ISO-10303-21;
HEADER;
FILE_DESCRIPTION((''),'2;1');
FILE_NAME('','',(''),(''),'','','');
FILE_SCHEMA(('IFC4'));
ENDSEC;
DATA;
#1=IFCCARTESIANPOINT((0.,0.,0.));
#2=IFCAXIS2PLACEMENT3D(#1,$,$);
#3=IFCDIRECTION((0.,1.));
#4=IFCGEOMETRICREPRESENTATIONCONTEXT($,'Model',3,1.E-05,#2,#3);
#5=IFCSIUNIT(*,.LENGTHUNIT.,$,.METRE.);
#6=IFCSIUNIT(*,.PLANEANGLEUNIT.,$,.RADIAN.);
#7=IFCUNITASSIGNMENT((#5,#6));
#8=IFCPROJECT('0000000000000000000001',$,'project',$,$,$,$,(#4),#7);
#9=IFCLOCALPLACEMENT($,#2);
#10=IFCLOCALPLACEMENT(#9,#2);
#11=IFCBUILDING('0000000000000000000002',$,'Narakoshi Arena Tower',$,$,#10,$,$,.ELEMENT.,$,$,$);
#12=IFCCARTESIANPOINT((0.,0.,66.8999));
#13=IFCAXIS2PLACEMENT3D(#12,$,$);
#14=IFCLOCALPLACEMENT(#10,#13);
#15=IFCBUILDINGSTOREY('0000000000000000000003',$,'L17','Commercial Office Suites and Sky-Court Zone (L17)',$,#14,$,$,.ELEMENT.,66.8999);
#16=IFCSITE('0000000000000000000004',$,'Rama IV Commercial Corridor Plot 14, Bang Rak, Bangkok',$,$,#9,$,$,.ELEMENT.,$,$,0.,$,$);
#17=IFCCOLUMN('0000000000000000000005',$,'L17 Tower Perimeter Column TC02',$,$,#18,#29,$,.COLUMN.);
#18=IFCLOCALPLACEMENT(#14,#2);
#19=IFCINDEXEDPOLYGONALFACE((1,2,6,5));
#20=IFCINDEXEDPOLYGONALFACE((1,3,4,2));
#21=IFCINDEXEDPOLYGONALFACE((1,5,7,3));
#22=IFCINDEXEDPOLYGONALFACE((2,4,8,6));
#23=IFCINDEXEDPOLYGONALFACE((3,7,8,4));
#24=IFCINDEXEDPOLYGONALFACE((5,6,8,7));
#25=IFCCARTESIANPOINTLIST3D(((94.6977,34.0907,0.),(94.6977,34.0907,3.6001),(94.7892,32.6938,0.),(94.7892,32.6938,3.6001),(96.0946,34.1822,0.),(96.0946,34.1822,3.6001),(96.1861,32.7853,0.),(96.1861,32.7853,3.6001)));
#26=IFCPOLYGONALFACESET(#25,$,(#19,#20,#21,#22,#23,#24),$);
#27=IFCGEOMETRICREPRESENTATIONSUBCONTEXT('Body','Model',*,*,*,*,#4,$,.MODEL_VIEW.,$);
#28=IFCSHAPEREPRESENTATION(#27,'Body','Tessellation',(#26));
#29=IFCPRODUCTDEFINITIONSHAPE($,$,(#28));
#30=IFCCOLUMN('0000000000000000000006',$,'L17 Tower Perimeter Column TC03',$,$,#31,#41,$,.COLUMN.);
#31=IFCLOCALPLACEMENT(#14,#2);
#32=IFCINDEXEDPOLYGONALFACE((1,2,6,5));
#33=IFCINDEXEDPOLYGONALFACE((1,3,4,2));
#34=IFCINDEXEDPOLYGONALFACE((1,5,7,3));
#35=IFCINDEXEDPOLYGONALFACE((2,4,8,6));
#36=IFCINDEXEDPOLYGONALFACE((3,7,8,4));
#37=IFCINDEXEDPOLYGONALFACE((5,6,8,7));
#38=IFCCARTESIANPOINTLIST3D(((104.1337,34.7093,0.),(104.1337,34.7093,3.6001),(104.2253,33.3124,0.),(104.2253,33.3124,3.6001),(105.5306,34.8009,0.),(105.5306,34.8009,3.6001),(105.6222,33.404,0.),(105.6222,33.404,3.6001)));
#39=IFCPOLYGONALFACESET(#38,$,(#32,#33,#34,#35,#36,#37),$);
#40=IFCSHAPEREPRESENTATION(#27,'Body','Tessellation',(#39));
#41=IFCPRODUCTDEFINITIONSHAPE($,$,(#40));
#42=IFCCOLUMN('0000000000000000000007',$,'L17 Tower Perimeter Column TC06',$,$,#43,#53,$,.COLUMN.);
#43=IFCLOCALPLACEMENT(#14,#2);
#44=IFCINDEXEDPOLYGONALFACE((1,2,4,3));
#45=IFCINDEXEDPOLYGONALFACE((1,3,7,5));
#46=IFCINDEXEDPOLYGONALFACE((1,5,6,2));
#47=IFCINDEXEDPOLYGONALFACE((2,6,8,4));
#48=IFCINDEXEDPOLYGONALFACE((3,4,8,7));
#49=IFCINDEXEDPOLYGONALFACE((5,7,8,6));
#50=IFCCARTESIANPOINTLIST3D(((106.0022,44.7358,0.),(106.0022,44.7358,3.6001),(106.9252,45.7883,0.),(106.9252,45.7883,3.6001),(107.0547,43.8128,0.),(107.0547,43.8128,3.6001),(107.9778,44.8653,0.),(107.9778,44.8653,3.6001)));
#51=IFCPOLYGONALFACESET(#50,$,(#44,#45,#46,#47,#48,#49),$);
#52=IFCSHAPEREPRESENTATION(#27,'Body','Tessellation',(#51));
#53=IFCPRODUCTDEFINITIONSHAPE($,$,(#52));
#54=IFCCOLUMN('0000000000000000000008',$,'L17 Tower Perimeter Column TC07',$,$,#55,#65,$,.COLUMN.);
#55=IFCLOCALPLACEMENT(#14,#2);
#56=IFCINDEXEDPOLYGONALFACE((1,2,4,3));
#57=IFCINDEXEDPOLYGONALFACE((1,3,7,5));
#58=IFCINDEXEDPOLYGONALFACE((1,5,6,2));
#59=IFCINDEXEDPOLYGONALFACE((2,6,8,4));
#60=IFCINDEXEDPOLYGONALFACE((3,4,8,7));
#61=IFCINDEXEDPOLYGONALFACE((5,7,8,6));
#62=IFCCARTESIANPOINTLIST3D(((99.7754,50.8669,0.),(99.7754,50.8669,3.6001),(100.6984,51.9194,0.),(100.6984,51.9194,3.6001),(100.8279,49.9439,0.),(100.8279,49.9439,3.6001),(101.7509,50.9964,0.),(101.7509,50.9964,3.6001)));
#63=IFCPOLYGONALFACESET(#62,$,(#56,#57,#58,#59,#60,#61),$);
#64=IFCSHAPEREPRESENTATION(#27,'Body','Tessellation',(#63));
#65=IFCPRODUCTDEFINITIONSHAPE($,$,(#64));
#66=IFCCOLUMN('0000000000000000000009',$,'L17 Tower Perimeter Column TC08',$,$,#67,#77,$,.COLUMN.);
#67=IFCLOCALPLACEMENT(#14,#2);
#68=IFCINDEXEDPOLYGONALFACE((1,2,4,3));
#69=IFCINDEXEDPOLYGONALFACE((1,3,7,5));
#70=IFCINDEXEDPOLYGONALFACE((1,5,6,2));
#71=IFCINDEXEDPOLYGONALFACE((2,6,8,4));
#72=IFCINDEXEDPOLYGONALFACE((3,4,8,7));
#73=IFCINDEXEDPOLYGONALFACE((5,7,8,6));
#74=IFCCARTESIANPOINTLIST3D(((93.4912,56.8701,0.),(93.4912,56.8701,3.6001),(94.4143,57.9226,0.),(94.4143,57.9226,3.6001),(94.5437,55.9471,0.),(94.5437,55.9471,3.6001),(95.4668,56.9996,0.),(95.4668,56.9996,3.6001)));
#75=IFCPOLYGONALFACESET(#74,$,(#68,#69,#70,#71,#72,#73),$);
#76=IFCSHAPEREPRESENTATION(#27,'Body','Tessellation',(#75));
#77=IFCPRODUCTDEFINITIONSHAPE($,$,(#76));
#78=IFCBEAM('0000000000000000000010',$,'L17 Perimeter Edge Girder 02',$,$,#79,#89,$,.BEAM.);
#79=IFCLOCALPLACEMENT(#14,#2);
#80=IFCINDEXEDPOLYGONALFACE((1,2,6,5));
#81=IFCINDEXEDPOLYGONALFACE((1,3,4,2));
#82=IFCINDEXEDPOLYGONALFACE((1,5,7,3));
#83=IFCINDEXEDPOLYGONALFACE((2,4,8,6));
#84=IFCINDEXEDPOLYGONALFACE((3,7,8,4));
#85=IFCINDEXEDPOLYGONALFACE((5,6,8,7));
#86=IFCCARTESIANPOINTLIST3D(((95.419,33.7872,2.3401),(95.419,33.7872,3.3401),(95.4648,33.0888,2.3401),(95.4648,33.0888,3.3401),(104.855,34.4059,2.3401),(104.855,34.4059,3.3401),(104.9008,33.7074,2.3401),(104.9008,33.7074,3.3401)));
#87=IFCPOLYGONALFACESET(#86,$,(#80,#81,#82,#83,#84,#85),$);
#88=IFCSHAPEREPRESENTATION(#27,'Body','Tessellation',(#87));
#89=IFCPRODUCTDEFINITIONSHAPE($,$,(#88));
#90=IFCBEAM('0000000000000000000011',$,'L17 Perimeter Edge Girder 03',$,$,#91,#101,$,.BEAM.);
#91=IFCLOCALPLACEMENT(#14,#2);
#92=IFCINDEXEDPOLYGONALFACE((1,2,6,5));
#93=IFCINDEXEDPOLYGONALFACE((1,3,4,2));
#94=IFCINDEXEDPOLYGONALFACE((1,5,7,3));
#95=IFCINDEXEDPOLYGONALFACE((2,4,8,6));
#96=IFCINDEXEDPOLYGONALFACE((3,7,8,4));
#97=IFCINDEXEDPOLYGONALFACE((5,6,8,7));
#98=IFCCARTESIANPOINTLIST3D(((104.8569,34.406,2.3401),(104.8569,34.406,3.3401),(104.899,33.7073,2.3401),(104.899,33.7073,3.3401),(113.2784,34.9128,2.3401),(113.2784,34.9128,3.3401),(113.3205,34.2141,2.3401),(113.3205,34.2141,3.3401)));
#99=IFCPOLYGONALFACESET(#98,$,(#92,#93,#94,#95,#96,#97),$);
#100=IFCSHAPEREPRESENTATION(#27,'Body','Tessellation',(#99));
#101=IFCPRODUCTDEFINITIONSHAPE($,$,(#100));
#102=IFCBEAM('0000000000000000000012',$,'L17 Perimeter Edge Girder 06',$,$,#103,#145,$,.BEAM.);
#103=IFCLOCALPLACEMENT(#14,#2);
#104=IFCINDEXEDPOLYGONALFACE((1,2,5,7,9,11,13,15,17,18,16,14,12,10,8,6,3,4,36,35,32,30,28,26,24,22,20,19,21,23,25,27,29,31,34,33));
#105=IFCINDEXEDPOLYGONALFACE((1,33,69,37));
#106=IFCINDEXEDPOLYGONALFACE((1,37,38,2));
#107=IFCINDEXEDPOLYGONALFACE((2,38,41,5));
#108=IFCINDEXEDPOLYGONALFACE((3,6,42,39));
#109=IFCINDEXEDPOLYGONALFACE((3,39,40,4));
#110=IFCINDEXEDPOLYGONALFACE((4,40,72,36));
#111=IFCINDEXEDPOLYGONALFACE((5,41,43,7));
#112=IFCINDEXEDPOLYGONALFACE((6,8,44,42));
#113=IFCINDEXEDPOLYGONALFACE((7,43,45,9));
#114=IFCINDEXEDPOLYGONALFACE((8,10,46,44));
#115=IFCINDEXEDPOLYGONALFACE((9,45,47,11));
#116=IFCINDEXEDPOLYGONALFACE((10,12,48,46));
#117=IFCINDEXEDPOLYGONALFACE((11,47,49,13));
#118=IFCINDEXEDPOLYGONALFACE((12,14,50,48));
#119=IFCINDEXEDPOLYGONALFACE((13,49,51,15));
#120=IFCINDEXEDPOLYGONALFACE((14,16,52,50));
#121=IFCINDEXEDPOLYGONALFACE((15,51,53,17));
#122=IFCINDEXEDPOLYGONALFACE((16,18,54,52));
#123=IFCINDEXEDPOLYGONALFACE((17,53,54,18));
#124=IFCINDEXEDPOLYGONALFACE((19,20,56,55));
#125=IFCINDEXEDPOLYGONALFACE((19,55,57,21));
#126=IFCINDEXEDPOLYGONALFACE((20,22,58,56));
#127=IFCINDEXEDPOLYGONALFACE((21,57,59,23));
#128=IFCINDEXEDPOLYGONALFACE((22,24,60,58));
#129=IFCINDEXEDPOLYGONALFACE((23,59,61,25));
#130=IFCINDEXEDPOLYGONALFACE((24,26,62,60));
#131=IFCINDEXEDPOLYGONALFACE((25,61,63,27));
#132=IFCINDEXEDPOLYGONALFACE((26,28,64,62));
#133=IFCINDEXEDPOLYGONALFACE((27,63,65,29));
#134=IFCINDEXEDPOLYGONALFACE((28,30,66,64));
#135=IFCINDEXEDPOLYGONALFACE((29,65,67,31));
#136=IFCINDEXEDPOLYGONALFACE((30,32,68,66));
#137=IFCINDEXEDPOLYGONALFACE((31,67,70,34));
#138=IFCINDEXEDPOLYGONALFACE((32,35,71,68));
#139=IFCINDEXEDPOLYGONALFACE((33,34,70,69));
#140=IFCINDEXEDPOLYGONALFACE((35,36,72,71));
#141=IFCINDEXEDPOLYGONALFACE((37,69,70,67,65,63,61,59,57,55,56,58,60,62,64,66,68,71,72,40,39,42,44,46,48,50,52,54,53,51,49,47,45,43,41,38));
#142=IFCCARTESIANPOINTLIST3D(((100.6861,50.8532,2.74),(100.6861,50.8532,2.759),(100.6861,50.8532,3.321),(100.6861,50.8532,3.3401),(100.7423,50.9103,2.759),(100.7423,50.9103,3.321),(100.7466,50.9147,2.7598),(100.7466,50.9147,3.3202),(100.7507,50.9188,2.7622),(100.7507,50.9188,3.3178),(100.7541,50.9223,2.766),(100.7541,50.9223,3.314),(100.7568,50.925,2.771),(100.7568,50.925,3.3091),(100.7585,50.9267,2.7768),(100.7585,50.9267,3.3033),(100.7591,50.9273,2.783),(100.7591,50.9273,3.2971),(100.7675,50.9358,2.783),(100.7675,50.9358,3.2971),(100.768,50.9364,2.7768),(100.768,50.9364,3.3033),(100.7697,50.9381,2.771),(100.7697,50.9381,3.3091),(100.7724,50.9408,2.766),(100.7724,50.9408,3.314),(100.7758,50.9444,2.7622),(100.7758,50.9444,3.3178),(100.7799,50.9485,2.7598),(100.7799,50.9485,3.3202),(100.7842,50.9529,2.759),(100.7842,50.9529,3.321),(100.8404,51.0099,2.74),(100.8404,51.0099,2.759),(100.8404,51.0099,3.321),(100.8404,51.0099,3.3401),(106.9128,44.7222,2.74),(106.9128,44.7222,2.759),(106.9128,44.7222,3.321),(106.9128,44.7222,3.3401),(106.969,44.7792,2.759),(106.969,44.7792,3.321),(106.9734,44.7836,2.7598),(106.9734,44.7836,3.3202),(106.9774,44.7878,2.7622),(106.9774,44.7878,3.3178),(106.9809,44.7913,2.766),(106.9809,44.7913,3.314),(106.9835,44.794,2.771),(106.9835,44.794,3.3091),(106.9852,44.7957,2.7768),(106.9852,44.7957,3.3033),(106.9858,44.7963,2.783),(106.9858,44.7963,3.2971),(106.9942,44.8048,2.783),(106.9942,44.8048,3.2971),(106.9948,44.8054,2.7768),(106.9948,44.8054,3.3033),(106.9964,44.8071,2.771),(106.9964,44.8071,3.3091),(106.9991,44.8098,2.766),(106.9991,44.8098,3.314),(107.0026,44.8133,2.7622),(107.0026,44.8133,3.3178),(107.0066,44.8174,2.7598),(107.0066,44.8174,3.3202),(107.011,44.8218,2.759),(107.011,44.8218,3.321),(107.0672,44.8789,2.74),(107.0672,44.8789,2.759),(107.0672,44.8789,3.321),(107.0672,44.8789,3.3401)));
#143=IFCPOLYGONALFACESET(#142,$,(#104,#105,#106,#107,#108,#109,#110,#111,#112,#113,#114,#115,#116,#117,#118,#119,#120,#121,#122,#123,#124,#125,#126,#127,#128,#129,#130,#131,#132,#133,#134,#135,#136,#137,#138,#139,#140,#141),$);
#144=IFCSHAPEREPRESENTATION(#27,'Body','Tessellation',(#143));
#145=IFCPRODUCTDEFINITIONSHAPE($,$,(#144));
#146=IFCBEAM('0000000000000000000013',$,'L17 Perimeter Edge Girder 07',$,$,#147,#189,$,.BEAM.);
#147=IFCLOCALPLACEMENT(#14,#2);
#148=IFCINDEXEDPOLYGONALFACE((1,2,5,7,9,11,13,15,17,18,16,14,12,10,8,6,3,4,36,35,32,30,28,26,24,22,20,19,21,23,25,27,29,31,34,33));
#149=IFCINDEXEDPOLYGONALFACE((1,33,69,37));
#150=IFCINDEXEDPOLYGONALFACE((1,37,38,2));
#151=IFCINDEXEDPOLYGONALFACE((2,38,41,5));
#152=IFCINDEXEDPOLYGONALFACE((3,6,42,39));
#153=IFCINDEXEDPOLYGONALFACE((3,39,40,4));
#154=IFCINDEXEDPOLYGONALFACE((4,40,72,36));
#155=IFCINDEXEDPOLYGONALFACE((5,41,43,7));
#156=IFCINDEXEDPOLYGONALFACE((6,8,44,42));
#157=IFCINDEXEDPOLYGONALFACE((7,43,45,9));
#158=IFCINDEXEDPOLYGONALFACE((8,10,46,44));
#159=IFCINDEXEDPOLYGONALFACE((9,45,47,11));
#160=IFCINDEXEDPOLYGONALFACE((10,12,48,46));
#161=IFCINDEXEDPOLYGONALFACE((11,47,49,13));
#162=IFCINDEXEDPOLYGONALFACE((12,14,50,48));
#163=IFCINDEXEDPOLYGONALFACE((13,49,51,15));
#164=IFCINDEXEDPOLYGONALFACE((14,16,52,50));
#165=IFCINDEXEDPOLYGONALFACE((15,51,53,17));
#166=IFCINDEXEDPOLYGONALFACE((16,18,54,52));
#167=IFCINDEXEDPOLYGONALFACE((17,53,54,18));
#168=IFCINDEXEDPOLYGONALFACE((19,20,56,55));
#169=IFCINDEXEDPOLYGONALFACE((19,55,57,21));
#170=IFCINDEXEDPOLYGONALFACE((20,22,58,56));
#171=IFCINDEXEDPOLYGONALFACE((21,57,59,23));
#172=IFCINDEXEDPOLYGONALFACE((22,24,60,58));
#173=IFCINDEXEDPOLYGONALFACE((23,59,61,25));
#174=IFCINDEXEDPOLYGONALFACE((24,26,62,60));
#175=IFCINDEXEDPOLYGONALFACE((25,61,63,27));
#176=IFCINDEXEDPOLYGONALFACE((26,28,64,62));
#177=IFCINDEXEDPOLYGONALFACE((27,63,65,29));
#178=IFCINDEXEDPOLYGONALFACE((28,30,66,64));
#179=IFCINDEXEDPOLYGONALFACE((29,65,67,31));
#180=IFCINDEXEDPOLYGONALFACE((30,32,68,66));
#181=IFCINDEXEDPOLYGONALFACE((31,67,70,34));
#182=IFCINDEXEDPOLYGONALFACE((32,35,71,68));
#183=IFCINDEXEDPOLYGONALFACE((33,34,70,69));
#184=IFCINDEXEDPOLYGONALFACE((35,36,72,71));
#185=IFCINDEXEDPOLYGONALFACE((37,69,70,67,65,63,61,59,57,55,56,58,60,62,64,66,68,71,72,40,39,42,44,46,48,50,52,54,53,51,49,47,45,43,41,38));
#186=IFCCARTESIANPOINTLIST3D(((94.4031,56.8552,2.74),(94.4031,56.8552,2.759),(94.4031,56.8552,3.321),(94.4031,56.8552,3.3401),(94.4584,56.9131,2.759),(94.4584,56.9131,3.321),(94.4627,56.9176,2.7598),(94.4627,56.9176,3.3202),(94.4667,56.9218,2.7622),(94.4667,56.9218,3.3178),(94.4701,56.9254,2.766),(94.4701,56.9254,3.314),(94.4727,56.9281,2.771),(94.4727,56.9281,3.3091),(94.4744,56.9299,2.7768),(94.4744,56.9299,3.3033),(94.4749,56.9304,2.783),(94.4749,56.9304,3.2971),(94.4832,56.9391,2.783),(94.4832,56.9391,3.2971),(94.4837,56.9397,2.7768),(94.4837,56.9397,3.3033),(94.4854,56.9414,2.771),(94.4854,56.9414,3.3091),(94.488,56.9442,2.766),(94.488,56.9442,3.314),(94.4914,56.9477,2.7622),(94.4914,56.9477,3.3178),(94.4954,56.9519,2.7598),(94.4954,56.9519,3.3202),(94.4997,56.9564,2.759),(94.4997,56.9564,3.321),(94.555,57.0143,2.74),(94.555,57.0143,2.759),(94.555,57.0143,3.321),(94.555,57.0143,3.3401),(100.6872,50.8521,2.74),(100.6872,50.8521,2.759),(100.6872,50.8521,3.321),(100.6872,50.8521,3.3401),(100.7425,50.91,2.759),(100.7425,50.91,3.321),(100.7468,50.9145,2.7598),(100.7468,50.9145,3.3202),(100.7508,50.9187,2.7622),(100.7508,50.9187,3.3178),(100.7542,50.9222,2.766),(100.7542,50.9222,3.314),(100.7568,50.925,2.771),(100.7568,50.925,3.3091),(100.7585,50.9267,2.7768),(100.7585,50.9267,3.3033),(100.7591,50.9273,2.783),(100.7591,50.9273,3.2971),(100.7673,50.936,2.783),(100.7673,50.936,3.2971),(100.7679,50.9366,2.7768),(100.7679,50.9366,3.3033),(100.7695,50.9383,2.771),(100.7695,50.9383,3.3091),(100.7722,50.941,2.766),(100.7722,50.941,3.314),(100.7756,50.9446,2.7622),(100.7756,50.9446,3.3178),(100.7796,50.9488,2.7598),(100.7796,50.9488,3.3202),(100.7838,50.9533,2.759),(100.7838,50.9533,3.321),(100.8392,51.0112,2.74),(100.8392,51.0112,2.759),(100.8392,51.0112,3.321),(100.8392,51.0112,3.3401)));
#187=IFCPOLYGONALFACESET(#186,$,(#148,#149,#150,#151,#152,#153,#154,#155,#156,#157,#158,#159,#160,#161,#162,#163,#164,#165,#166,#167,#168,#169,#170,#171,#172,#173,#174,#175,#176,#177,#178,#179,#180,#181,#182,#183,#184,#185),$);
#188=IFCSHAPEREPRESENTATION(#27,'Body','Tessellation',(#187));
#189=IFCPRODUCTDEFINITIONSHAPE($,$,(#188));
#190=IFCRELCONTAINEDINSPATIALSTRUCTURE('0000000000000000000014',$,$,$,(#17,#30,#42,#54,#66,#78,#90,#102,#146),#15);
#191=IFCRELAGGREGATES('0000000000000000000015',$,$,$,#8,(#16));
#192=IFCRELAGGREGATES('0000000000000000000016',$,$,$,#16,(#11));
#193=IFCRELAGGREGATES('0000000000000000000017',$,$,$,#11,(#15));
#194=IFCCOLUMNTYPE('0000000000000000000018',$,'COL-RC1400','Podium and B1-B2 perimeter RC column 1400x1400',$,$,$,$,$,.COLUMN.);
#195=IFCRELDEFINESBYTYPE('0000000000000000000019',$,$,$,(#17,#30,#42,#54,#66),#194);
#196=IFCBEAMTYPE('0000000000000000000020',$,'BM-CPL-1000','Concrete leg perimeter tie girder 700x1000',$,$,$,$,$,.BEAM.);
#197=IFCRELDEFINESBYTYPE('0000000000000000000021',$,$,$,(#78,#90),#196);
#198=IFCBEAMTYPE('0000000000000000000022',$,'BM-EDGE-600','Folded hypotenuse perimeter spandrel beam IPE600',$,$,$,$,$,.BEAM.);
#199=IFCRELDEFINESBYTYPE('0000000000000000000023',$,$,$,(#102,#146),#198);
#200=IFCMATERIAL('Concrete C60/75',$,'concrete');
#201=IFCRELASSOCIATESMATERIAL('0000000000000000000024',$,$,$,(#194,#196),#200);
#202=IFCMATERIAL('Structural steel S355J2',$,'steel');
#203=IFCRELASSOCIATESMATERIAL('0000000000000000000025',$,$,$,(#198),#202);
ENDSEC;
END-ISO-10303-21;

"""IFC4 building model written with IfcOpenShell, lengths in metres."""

from ifc_helpers import new_model, si_unit, direction, frame, origin, origin_2d, place, context, subcontext, project, spatial, rectangle, i_section, extrude, material, material_profile, profile_set, type_object, element, save


model = new_model("IFC4")

# Units and contexts
model_context = context("Model", 3, precision=1e-05, world=origin(), true_north=direction((0.0, 1.0)))
body_context = subcontext(model_context, "Body", "Model", "MODEL_VIEW")
ifc_project = project(units=[si_unit("LENGTHUNIT", "METRE"), si_unit("PLANEANGLEUNIT", "RADIAN")], contexts=[model_context])

# Site, building, storey
site_placement = place(None, origin())
site = spatial("IfcSite", under=ifc_project, at=site_placement, Name="Rama IV Commercial Corridor Plot 14, Bang Rak, Bangkok", CompositionType="ELEMENT", RefElevation=0.0)
building_placement = place(site_placement, origin())
building = spatial("IfcBuilding", under=site, at=building_placement, Name="Narakoshi Arena Tower", CompositionType="ELEMENT")
storey_placement = place(building_placement, frame((0.0, 0.0, 66.8999)))
storey = spatial("IfcBuildingStorey", under=building, at=storey_placement, Name="L17", Description="Commercial Office Suites and Sky-Court Zone (L17)", CompositionType="ELEMENT", Elevation=66.8999)

# Columns
ifc_material_1 = material(Name="Concrete C60/75", Category="concrete")
ifc_material_profile_1 = material_profile(ifc_material_1, rectangle(XDim=1.3999, YDim=1.3999, at=origin_2d()), Name="RC1400x1400")
ifc_profile_set_1 = profile_set([ifc_material_profile_1], Name="Concrete C60/75")
column_type = type_object("IfcColumnType", Name="COL-RC1400", Description="Podium and B1-B2 perimeter RC column 1400x1400", PredefinedType="COLUMN", material=ifc_profile_set_1)
for number, where, z_axis, x_axis, name in (
    (1, (95.4419, 33.438, 0.0), (0.0, 0.0, 1.0), (0.997859, 0.065403, 0.0), "L17 Tower Perimeter Column TC02"),
    (2, (104.8779, 34.0566, 0.0), (0.0, 0.0, 1.0), (0.997859, 0.065403, 0.0), "L17 Tower Perimeter Column TC03"),
    (3, (106.99, 44.8005, 0.0), (0.0, 0.0, 1.0), (0.659346, 0.75184, 0.0), "L17 Tower Perimeter Column TC06"),
    (4, (100.7632, 50.9316, 0.0), (0.0, 0.0, 1.0), (0.659346, 0.75184, 0.0), "L17 Tower Perimeter Column TC07"),
    (5, (94.479, 56.9348, 0.0), (0.0, 0.0, 1.0), (0.659346, 0.75184, 0.0), "L17 Tower Perimeter Column TC08"),
):
    element("IfcColumn", number, at=place(storey_placement, frame(where, z_axis=z_axis, x_axis=x_axis)), inside=storey, type_object=column_type, Name=name, PredefinedType="COLUMN", context=body_context, shape_type="SweptSolid", body=[
        extrude(rectangle(XDim=1.3999, YDim=1.3999, at=origin_2d()), origin(), (0.0, 0.0, 1.0), 3.6001),
    ])

# Beams
ifc_material_profile_2 = material_profile(ifc_material_1, rectangle(XDim=0.7, YDim=1.0, at=origin_2d()), Name="RCB700x1000")
ifc_profile_set_2 = profile_set([ifc_material_profile_2], Name="Concrete C60/75")
beam_type_1 = type_object("IfcBeamType", Name="BM-CPL-1000", Description="Concrete leg perimeter tie girder 700x1000", PredefinedType="BEAM", material=ifc_profile_set_2)
beam_1_placement = place(storey_placement, frame((95.4419, 33.438, 2.8401), z_axis=(0.997858, 0.065422, 0.0), x_axis=(-0.065422, 0.997858, 0.0)))
element("IfcBeam", 6, at=beam_1_placement, inside=storey, type_object=beam_type_1, Name="L17 Perimeter Edge Girder 02", PredefinedType="BEAM", context=body_context, shape_type="SweptSolid", body=[
    extrude(rectangle(XDim=0.7, YDim=1.0, at=origin_2d()), origin(), (0.0, 0.0, 1.0), 9.4563),
])
beam_2_placement = place(storey_placement, frame((104.8779, 34.0566, 2.8401), z_axis=(0.998194, 0.060074, 0.0), x_axis=(-0.060074, 0.998194, 0.0)))
element("IfcBeam", 7, at=beam_2_placement, inside=storey, type_object=beam_type_1, Name="L17 Perimeter Edge Girder 03", PredefinedType="BEAM", context=body_context, shape_type="SweptSolid", body=[
    extrude(rectangle(XDim=0.7, YDim=1.0, at=origin_2d()), origin(), (0.0, 0.0, 1.0), 8.4368),
])
ifc_material_2 = material(Name="Structural steel S355J2", Category="steel")
ifc_material_profile_3 = material_profile(ifc_material_2, i_section(OverallWidth=0.22, OverallDepth=0.6001, WebThickness=0.012, FlangeThickness=0.019, FilletRadius=0.0239, at=origin_2d()), Name="IPE600")
ifc_profile_set_3 = profile_set([ifc_material_profile_3], Name="Structural steel S355J2")
beam_type_2 = type_object("IfcBeamType", Name="BM-EDGE-600", Description="Folded hypotenuse perimeter spandrel beam IPE600", PredefinedType="BEAM", material=ifc_profile_set_3)
beam_3_placement = place(storey_placement, frame((106.99, 44.8005, 3.04), z_axis=(-0.712561, 0.70161, 0.0), x_axis=(-0.70161, -0.712561, 0.0)))
element("IfcBeam", 8, at=beam_3_placement, inside=storey, type_object=beam_type_2, Name="L17 Perimeter Edge Girder 06", PredefinedType="BEAM", context=body_context, shape_type="SweptSolid", body=[
    extrude(i_section(OverallWidth=0.22, OverallDepth=0.6001, WebThickness=0.012, FlangeThickness=0.019, FilletRadius=0.0239, at=origin_2d()), origin(), (0.0, 0.0, 1.0), 8.7385),
])
beam_4_placement = place(storey_placement, frame((100.7632, 50.9316, 3.04), z_axis=(-0.723089, 0.690755, 0.0), x_axis=(-0.690755, -0.723089, 0.0)))
element("IfcBeam", 9, at=beam_4_placement, inside=storey, type_object=beam_type_2, Name="L17 Perimeter Edge Girder 07", PredefinedType="BEAM", context=body_context, shape_type="SweptSolid", body=[
    extrude(i_section(OverallWidth=0.22, OverallDepth=0.6001, WebThickness=0.012, FlangeThickness=0.019, FilletRadius=0.0239, at=origin_2d()), origin(), (0.0, 0.0, 1.0), 8.6907),
])

save(model, "model.ifc")
